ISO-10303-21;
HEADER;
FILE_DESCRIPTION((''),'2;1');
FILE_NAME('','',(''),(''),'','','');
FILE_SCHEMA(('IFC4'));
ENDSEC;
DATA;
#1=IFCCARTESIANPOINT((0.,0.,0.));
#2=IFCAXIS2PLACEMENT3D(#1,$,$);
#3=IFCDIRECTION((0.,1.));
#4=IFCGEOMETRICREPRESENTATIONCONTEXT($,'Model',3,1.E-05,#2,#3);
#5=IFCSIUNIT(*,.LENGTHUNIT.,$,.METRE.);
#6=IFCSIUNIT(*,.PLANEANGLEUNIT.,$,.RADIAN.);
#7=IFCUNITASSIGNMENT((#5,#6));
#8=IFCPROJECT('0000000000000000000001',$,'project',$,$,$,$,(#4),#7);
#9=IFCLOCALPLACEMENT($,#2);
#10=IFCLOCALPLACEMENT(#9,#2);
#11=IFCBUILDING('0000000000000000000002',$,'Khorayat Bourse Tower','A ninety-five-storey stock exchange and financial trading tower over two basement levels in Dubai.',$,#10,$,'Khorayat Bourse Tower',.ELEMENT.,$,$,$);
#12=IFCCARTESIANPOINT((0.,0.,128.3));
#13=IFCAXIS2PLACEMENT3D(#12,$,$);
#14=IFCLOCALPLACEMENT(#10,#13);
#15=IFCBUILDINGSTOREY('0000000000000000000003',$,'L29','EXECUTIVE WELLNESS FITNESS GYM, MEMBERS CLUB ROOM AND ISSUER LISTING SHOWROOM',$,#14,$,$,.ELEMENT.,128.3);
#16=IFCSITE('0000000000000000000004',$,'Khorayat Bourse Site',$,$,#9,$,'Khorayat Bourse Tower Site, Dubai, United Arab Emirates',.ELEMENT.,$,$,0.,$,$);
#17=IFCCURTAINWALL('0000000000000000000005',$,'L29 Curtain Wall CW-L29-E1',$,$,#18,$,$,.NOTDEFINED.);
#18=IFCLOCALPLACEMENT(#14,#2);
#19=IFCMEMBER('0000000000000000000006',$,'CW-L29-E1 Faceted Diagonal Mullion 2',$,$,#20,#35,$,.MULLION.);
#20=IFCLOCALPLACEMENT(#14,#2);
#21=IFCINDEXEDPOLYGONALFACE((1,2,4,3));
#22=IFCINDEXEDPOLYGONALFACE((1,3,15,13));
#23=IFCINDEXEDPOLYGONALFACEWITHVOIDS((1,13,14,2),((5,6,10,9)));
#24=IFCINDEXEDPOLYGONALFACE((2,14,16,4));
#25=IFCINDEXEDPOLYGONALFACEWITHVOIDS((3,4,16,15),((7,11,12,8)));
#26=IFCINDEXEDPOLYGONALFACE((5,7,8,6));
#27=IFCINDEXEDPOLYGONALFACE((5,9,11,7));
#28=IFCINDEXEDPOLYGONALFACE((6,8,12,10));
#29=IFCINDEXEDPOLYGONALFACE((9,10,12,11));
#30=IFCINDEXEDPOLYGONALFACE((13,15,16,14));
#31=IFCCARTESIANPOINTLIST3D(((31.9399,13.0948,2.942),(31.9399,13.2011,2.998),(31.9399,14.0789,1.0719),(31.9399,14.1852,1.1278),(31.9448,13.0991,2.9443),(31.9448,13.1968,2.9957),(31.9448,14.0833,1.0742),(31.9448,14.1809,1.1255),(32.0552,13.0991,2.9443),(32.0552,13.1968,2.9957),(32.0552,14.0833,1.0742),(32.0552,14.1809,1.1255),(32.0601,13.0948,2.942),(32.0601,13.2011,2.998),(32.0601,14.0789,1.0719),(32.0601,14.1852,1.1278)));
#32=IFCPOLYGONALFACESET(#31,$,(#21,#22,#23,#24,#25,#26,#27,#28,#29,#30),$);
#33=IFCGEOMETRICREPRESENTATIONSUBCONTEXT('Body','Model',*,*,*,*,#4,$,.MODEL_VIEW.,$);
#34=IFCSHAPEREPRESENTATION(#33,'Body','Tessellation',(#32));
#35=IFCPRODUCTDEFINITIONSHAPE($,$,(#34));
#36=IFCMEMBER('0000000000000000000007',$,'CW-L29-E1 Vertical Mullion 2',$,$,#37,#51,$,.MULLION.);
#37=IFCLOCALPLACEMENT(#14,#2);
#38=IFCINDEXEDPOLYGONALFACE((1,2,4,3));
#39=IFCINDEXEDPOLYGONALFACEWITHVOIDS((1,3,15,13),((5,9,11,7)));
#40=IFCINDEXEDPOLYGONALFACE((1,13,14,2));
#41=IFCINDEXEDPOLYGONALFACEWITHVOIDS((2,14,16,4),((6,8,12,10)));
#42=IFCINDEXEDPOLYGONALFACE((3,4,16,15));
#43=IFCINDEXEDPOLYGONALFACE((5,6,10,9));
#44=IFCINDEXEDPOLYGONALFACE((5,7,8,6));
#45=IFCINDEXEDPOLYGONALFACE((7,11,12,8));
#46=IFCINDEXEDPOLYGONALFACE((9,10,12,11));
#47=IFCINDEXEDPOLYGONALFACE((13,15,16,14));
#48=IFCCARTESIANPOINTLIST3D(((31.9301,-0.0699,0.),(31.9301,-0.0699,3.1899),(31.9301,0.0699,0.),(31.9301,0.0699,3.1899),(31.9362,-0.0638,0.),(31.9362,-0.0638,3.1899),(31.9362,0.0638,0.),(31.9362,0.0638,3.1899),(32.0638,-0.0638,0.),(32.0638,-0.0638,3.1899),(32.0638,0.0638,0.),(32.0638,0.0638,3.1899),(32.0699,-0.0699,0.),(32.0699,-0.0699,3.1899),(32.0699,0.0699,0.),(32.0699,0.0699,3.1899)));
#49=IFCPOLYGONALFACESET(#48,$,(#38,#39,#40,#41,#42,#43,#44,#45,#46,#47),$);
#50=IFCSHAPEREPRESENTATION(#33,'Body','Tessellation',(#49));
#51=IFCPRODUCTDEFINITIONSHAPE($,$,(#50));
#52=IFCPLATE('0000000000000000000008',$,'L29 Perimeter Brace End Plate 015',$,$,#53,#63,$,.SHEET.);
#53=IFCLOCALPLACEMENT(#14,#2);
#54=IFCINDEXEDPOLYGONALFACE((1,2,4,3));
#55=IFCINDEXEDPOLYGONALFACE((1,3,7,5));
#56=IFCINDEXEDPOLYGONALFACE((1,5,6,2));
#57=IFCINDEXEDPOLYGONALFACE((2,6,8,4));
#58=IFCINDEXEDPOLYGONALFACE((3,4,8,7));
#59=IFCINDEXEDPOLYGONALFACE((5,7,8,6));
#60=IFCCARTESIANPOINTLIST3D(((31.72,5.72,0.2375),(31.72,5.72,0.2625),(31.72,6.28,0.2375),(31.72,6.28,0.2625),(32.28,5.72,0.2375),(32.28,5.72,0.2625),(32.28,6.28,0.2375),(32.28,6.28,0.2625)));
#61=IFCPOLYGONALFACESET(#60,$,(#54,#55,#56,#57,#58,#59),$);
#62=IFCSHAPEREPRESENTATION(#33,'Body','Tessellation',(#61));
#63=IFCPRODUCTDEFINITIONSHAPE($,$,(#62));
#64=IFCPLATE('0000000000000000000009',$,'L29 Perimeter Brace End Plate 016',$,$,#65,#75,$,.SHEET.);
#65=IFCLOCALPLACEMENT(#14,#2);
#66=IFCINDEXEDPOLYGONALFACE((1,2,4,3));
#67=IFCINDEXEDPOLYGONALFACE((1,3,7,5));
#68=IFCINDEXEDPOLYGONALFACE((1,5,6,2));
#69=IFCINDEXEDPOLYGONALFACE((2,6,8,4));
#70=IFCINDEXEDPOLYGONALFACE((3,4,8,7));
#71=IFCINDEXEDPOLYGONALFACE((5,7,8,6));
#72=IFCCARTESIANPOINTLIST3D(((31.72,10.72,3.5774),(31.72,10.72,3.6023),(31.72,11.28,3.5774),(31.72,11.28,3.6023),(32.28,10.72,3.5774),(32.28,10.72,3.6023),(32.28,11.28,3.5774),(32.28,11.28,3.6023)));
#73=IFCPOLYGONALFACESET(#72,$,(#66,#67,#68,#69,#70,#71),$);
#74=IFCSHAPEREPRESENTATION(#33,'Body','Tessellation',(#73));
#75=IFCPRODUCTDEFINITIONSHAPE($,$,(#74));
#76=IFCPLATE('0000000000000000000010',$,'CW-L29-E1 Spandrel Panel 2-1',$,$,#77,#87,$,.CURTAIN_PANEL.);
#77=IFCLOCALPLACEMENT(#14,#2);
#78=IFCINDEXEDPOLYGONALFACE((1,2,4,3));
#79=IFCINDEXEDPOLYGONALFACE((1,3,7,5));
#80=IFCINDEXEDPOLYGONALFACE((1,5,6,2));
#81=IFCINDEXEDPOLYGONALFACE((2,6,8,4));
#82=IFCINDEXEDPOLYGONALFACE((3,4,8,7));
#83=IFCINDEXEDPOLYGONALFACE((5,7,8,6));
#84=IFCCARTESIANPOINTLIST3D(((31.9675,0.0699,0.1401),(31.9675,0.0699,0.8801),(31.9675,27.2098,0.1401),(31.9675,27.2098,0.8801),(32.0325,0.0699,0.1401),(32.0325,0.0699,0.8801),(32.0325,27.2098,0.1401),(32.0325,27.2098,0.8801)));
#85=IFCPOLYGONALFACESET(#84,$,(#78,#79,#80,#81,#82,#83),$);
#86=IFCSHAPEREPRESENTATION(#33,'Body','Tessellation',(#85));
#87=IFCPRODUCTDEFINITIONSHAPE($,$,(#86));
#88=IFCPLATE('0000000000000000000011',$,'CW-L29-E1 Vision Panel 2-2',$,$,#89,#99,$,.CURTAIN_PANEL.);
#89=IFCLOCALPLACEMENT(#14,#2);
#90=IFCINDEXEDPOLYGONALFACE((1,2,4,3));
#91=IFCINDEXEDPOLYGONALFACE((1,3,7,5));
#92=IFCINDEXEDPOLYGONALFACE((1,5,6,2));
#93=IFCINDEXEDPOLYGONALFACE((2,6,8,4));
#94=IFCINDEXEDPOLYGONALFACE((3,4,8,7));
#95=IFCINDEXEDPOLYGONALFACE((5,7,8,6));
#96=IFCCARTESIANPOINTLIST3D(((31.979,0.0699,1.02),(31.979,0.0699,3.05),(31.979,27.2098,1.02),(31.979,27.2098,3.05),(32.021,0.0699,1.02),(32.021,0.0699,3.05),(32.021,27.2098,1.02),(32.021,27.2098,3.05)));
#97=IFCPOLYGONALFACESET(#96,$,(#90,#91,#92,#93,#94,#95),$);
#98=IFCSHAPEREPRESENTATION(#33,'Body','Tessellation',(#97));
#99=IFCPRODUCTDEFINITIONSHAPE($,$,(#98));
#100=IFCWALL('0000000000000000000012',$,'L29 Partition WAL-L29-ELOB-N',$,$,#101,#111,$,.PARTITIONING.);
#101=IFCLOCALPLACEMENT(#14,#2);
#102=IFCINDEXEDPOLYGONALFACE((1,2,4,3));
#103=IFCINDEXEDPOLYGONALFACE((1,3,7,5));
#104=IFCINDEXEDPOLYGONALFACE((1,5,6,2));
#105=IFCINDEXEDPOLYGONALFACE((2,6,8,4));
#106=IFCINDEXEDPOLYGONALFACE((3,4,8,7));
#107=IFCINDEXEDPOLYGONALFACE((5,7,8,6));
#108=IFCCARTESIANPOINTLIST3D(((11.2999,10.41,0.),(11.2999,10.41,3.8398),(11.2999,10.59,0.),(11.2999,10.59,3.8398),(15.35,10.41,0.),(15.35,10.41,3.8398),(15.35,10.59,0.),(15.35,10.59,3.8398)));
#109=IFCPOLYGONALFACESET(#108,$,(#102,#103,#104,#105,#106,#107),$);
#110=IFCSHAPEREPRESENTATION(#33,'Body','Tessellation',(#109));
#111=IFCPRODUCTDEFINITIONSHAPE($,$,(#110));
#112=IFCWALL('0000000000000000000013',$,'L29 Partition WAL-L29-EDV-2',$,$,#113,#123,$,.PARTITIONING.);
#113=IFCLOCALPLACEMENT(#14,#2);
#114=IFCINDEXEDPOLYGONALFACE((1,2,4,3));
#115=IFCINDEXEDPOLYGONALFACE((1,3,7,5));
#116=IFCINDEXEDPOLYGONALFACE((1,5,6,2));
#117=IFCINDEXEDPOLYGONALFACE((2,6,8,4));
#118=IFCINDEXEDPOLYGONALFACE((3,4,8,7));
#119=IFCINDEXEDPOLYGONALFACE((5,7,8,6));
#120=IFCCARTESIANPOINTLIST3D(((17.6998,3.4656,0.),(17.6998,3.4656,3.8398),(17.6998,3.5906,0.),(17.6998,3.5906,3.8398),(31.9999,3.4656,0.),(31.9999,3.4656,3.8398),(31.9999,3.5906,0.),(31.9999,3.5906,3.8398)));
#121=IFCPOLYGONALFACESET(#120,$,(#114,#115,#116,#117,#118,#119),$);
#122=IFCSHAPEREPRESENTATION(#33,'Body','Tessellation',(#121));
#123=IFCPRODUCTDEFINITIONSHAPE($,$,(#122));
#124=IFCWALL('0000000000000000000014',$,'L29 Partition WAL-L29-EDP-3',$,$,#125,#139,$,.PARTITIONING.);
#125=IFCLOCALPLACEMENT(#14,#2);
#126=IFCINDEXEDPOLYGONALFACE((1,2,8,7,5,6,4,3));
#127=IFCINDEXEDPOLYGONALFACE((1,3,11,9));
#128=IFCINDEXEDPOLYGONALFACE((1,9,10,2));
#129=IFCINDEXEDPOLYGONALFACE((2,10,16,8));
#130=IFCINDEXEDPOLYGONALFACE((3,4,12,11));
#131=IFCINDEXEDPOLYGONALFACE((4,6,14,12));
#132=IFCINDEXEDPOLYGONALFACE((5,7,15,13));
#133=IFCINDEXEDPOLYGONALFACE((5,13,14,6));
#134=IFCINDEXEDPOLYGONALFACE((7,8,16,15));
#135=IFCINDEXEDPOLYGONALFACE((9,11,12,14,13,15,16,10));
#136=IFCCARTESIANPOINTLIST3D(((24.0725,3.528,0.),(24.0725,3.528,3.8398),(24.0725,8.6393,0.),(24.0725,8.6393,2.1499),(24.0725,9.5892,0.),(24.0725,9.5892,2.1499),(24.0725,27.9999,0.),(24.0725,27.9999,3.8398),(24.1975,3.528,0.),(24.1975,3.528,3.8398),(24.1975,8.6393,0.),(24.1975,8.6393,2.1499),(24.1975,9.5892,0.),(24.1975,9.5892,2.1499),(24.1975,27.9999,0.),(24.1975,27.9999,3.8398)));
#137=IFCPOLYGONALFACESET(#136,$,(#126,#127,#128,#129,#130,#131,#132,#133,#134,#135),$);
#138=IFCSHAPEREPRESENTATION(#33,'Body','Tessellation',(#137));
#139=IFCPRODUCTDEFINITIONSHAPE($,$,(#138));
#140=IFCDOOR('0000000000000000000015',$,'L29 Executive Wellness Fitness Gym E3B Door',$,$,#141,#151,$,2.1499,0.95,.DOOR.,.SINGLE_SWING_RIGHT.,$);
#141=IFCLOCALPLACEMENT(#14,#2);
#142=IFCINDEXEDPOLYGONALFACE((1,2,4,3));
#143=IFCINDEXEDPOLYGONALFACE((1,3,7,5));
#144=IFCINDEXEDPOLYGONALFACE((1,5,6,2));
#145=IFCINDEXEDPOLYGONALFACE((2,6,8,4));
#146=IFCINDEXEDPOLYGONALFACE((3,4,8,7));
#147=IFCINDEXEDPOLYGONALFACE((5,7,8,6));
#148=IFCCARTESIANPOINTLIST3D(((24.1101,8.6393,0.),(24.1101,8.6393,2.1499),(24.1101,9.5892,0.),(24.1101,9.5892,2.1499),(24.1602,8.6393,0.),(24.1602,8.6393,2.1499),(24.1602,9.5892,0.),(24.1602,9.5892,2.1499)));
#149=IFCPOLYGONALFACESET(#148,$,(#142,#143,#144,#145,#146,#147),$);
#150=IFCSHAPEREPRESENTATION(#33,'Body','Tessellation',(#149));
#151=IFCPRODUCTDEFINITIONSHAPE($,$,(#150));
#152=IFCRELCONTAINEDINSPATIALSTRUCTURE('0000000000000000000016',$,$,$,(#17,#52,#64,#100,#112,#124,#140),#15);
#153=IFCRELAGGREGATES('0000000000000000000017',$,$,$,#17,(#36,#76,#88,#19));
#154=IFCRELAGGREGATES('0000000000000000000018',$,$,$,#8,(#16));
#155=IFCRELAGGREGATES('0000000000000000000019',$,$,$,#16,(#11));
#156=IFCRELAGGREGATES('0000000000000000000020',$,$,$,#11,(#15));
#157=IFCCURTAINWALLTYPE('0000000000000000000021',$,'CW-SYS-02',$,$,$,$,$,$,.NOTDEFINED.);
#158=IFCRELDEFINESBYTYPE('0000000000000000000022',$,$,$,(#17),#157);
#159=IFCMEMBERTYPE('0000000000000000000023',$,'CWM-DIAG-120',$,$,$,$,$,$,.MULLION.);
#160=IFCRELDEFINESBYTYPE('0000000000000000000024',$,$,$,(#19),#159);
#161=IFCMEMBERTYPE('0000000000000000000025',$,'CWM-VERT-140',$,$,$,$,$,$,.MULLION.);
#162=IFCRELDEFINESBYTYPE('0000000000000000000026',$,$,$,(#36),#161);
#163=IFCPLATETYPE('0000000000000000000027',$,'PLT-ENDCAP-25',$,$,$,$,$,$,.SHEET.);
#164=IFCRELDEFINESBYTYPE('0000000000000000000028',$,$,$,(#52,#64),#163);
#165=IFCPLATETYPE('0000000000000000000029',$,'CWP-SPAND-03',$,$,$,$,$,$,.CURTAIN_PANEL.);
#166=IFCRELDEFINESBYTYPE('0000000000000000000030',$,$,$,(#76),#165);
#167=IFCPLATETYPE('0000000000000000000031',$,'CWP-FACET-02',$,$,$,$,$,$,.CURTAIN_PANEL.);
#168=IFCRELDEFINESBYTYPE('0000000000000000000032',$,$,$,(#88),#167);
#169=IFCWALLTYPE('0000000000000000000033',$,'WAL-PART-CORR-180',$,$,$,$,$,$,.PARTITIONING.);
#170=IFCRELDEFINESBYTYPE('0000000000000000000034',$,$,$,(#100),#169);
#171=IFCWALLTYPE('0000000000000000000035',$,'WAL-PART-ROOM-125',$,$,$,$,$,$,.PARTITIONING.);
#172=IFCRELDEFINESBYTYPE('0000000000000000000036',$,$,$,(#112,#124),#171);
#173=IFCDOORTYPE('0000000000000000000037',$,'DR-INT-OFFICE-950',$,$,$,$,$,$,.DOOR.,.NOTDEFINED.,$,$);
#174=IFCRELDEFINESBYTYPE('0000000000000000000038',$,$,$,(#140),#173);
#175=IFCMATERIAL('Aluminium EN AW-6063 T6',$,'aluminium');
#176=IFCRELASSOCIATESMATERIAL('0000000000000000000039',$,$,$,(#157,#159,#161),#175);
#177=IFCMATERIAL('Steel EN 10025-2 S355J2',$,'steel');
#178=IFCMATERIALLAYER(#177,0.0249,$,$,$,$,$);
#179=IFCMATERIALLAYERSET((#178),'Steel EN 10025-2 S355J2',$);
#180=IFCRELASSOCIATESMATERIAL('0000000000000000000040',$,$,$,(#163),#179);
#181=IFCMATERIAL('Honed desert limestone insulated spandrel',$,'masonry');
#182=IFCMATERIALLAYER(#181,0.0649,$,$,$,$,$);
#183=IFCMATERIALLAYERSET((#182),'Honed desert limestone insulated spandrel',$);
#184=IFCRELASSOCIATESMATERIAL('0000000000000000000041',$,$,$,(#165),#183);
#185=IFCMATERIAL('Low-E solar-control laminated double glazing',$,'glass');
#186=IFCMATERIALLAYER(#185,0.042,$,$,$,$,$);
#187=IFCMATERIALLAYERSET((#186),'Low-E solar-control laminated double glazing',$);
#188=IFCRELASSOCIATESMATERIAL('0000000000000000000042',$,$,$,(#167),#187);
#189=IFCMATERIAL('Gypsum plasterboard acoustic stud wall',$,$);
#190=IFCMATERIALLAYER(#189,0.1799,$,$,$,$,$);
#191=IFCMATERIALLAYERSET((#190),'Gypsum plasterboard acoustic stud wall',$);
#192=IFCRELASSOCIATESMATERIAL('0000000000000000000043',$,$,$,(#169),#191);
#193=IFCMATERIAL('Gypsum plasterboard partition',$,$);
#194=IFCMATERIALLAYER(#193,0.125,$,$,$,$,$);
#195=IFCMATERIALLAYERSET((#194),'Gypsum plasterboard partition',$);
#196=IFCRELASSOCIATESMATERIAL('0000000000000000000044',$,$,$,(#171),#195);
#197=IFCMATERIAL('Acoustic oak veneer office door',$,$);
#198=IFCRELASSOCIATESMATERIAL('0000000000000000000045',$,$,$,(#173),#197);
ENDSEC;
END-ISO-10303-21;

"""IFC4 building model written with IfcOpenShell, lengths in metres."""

from ifc_helpers import new_model, si_unit, direction, frame, frame_2d, origin, origin_2d, place, context, subcontext, project, spatial, rectangle, hollow_rectangle, extrude, source, transform, mapped, material, layer, layer_set, material_profile, profile_set, type_object, element, fill, aggregate, save


model = new_model("IFC4")

# Units and contexts
model_context = context("Model", 3, precision=1e-05, world=origin(), true_north=direction((0.0, 1.0)))
body_context = subcontext(model_context, "Body", "Model", "MODEL_VIEW")
ifc_project = project(units=[si_unit("LENGTHUNIT", "METRE"), si_unit("PLANEANGLEUNIT", "RADIAN")], contexts=[model_context])

# Site, building, storey
site_placement = place(None, origin())
site = spatial("IfcSite", under=ifc_project, at=site_placement, Name="Khorayat Bourse Site", LongName="Khorayat Bourse Tower Site, Dubai, United Arab Emirates", CompositionType="ELEMENT", RefElevation=0.0)
building_placement = place(site_placement, origin())
building = spatial("IfcBuilding", under=site, at=building_placement, Name="Khorayat Bourse Tower", Description="A ninety-five-storey stock exchange and financial trading tower over two basement levels in Dubai.", LongName="Khorayat Bourse Tower", CompositionType="ELEMENT")
storey_placement = place(building_placement, frame((0.0, 0.0, 128.3)))
storey = spatial("IfcBuildingStorey", under=building, at=storey_placement, Name="L29", Description="EXECUTIVE WELLNESS FITNESS GYM, MEMBERS CLUB ROOM AND ISSUER LISTING SHOWROOM", CompositionType="ELEMENT", Elevation=128.3)

# Curtain wall, members
ifc_material_1 = material(Name="Aluminium EN AW-6063 T6", Category="aluminium")
curtain_wall_type = type_object("IfcCurtainWallType", Name="CW-SYS-02", PredefinedType="NOTDEFINED", material=ifc_material_1)
curtain_wall_placement = place(storey_placement, origin())
curtain_wall = element("IfcCurtainWall", 1, at=curtain_wall_placement, inside=storey, type_object=curtain_wall_type, Name="L29 Curtain Wall CW-L29-E1", PredefinedType="NOTDEFINED")
ifc_material_profile_1 = material_profile(ifc_material_1, hollow_rectangle(XDim=0.1201, YDim=0.1201, WallThickness=0.0049, at=origin_2d()), Name="ALU 120x120x5")
ifc_profile_set_1 = profile_set([ifc_material_profile_1], Name="Aluminium EN AW-6063 T6")
member_type_1 = type_object("IfcMemberType", Name="CWM-DIAG-120", PredefinedType="MULLION", material=ifc_profile_set_1)
shared_shape_1 = source(origin(), body_context, "Body", "SweptSolid", [
    extrude(hollow_rectangle(XDim=0.1201, YDim=0.1201, WallThickness=0.0049, at=origin_2d()), origin(), (0.0, 0.0, 1.0), 2.1133),
])
member_1_placement = place(storey_placement, frame((32.0, 14.1321, 1.0999), z_axis=(0.0, -0.465694, 0.884946), x_axis=(1.0, 0.0, 0.0)))
member_1 = element("IfcMember", 2, at=member_1_placement, type_object=member_type_1, Name="CW-L29-E1 Faceted Diagonal Mullion 2", PredefinedType="MULLION", context=body_context, shape_type="MappedRepresentation", body=[
    mapped(shared_shape_1, transform((0.0, 0.0, 0.0), scale=1.0)),
])
ifc_material_profile_2 = material_profile(ifc_material_1, hollow_rectangle(XDim=0.1399, YDim=0.1399, WallThickness=0.0061, at=origin_2d()), Name="ALU 140x140x6")
ifc_profile_set_2 = profile_set([ifc_material_profile_2], Name="Aluminium EN AW-6063 T6")
member_type_2 = type_object("IfcMemberType", Name="CWM-VERT-140", PredefinedType="MULLION", material=ifc_profile_set_2)
shared_shape_2 = source(origin(), body_context, "Body", "SweptSolid", [
    extrude(hollow_rectangle(XDim=0.1399, YDim=0.1399, WallThickness=0.0061, at=origin_2d()), origin(), (0.0, 0.0, 1.0), 3.1899),
])
member_2_placement = place(storey_placement, frame((32.0, 0.0, 0.0), z_axis=(0.0, 0.0, 1.0), x_axis=(-1.0, 0.0, 0.0)))
member_2 = element("IfcMember", 3, at=member_2_placement, type_object=member_type_2, Name="CW-L29-E1 Vertical Mullion 2", PredefinedType="MULLION", context=body_context, shape_type="MappedRepresentation", body=[
    mapped(shared_shape_2, transform((0.0, 0.0, 0.0), scale=1.0)),
])

# Plates
ifc_material_2 = material(Name="Steel EN 10025-2 S355J2", Category="steel")
ifc_layer_1 = layer(ifc_material_2, 0.0249)
ifc_layer_set_1 = layer_set([ifc_layer_1], Name="Steel EN 10025-2 S355J2")
plate_type_1 = type_object("IfcPlateType", Name="PLT-ENDCAP-25", PredefinedType="SHEET", material=ifc_layer_set_1)
shared_shape_3 = source(origin(), body_context, "Body", "SweptSolid", [
    extrude(rectangle(XDim=0.5601, YDim=0.5601, at=origin_2d()), origin(), (0.0, 0.0, 1.0), 0.0249),
])
for number, where, z_axis, x_axis, name in (
    (4, (32.0, 6.0, 0.2375), (0.0, 0.0, 1.0), (1.0, 0.0, 0.0), "L29 Perimeter Brace End Plate 015"),
    (5, (32.0, 11.0, 3.5774), (0.0, 0.0, 1.0), (1.0, 0.0, 0.0), "L29 Perimeter Brace End Plate 016"),
):
    element("IfcPlate", number, at=place(storey_placement, frame(where, z_axis=z_axis, x_axis=x_axis)), inside=storey, type_object=plate_type_1, Name=name, PredefinedType="SHEET", context=body_context, shape_type="MappedRepresentation", body=[
        mapped(shared_shape_3, transform((0.0, 0.0, 0.0), scale=1.0)),
    ])

# Plates
ifc_material_3 = material(Name="Honed desert limestone insulated spandrel", Category="masonry")
ifc_layer_2 = layer(ifc_material_3, 0.0649)
ifc_layer_set_2 = layer_set([ifc_layer_2], Name="Honed desert limestone insulated spandrel")
plate_type_2 = type_object("IfcPlateType", Name="CWP-SPAND-03", PredefinedType="CURTAIN_PANEL", material=ifc_layer_set_2)
shared_shape_4 = source(origin(), body_context, "Body", "SweptSolid", [
    extrude(rectangle(XDim=27.1399, YDim=0.0649, at=origin_2d()), origin(), (0.0, 0.0, 1.0), 0.74),
])
plate_1_placement = place(storey_placement, frame((32.0, 13.6399, 0.1401), z_axis=(0.0, 0.0, 1.0), x_axis=(0.0, 1.0, 0.0)))
plate_1 = element("IfcPlate", 6, at=plate_1_placement, type_object=plate_type_2, Name="CW-L29-E1 Spandrel Panel 2-1", PredefinedType="CURTAIN_PANEL", context=body_context, shape_type="MappedRepresentation", body=[
    mapped(shared_shape_4, transform((0.0, 0.0, 0.0), scale=1.0)),
])
ifc_material_4 = material(Name="Low-E solar-control laminated double glazing", Category="glass")
ifc_layer_3 = layer(ifc_material_4, 0.042)
ifc_layer_set_3 = layer_set([ifc_layer_3], Name="Low-E solar-control laminated double glazing")
plate_type_3 = type_object("IfcPlateType", Name="CWP-FACET-02", PredefinedType="CURTAIN_PANEL", material=ifc_layer_set_3)
shared_shape_5 = source(origin(), body_context, "Body", "SweptSolid", [
    extrude(rectangle(XDim=27.1399, YDim=0.042, at=origin_2d()), origin(), (0.0, 0.0, 1.0), 2.03),
])
plate_2_placement = place(storey_placement, frame((32.0, 13.6399, 1.02), z_axis=(0.0, 0.0, 1.0), x_axis=(0.0, 1.0, 0.0)))
plate_2 = element("IfcPlate", 7, at=plate_2_placement, type_object=plate_type_3, Name="CW-L29-E1 Vision Panel 2-2", PredefinedType="CURTAIN_PANEL", context=body_context, shape_type="MappedRepresentation", body=[
    mapped(shared_shape_5, transform((0.0, 0.0, 0.0), scale=1.0)),
])
aggregate(curtain_wall, [member_2, plate_1, plate_2, member_1])

# Walls
ifc_material_5 = material(Name="Gypsum plasterboard acoustic stud wall")
ifc_layer_4 = layer(ifc_material_5, 0.1799)
ifc_layer_set_4 = layer_set([ifc_layer_4], Name="Gypsum plasterboard acoustic stud wall")
wall_type_1 = type_object("IfcWallType", Name="WAL-PART-CORR-180", PredefinedType="PARTITIONING", material=ifc_layer_set_4)
shared_shape_6 = source(origin(), body_context, "Body", "SweptSolid", [
    extrude(rectangle(XDim=4.05, YDim=0.1799, at=frame_2d((2.0249, 0.0))), origin(), (0.0, 0.0, 1.0), 3.8398),
])
wall_1_placement = place(storey_placement, frame((11.3, 10.5, 0.0), z_axis=(0.0, 0.0, 1.0), x_axis=(1.0, 0.0, 0.0)))
element("IfcWall", 8, at=wall_1_placement, inside=storey, type_object=wall_type_1, Name="L29 Partition WAL-L29-ELOB-N", PredefinedType="PARTITIONING", context=body_context, shape_type="MappedRepresentation", body=[
    mapped(shared_shape_6, transform((0.0, 0.0, 0.0), scale=1.0)),
])
ifc_material_6 = material(Name="Gypsum plasterboard partition")
ifc_layer_5 = layer(ifc_material_6, 0.125)
ifc_layer_set_5 = layer_set([ifc_layer_5], Name="Gypsum plasterboard partition")
wall_type_2 = type_object("IfcWallType", Name="WAL-PART-ROOM-125", PredefinedType="PARTITIONING", material=ifc_layer_set_5)
shared_shape_7 = source(origin(), body_context, "Body", "SweptSolid", [
    extrude(rectangle(XDim=14.3, YDim=0.125, at=frame_2d((7.1499, 0.0))), origin(), (0.0, 0.0, 1.0), 3.8398),
])
wall_2_placement = place(storey_placement, frame((17.7, 3.5281, 0.0), z_axis=(0.0, 0.0, 1.0), x_axis=(1.0, 0.0, 0.0)))
element("IfcWall", 9, at=wall_2_placement, inside=storey, type_object=wall_type_2, Name="L29 Partition WAL-L29-EDV-2", PredefinedType="PARTITIONING", context=body_context, shape_type="MappedRepresentation", body=[
    mapped(shared_shape_7, transform((0.0, 0.0, 0.0), scale=1.0)),
])

# Wall, opening, door
shared_shape_8 = source(origin(), body_context, "Body", "SweptSolid", [
    extrude(rectangle(XDim=24.4719, YDim=0.125, at=frame_2d((12.2358, 0.0))), origin(), (0.0, 0.0, 1.0), 3.8398),
])
wall_3_placement = place(storey_placement, frame((24.135, 3.5281, 0.0), z_axis=(0.0, 0.0, 1.0), x_axis=(0.0, 1.0, 0.0)))
wall_3 = element("IfcWall", 10, at=wall_3_placement, inside=storey, type_object=wall_type_2, Name="L29 Partition WAL-L29-EDP-3", PredefinedType="PARTITIONING", context=body_context, shape_type="MappedRepresentation", body=[
    mapped(shared_shape_8, transform((0.0, 0.0, 0.0), scale=1.0)),
])
shared_shape_9 = source(origin(), body_context, "Body", "SweptSolid", [
    extrude(rectangle(XDim=0.95, YDim=2.1499, at=frame_2d((0.4751, 1.075))), frame((0.0, 0.0725, 0.0), z_axis=(0.0, -1.0, 0.0), x_axis=(1.0, 0.0, 0.0)), (0.0, 0.0, 1.0), 0.145),
])
opening_placement = place(wall_3_placement, frame((5.1111, 0.0, 0.0)))
opening = element("IfcOpeningElement", 11, at=opening_placement, cuts=wall_3, PredefinedType="OPENING", context=body_context, shape_type="MappedRepresentation", body=[
    mapped(shared_shape_9, transform((0.0, 0.0, 0.0), scale=1.0)),
])
ifc_material_7 = material(Name="Acoustic oak veneer office door")
door_type = type_object("IfcDoorType", Name="DR-INT-OFFICE-950", OperationType="NOTDEFINED", PredefinedType="DOOR", material=ifc_material_7)
shared_shape_10 = source(origin(), body_context, "Body", "SweptSolid", [
    extrude(rectangle(XDim=0.95, YDim=2.1499, at=frame_2d((0.4751, 1.075))), frame((0.0, 0.0249, 0.0), z_axis=(0.0, -1.0, 0.0), x_axis=(1.0, 0.0, 0.0)), (0.0, 0.0, 1.0), 0.05),
])
door_placement = place(opening_placement, origin())
door = element("IfcDoor", 12, at=door_placement, inside=storey, type_object=door_type, Name="L29 Executive Wellness Fitness Gym E3B Door", OperationType="SINGLE_SWING_RIGHT", OverallHeight=2.1499, OverallWidth=0.95, PredefinedType="DOOR", context=body_context, shape_type="MappedRepresentation", body=[
    mapped(shared_shape_10, transform((0.0, 0.0, 0.0), scale=1.0)),
])
fill(opening, door)

save(model, "model.ifc")
